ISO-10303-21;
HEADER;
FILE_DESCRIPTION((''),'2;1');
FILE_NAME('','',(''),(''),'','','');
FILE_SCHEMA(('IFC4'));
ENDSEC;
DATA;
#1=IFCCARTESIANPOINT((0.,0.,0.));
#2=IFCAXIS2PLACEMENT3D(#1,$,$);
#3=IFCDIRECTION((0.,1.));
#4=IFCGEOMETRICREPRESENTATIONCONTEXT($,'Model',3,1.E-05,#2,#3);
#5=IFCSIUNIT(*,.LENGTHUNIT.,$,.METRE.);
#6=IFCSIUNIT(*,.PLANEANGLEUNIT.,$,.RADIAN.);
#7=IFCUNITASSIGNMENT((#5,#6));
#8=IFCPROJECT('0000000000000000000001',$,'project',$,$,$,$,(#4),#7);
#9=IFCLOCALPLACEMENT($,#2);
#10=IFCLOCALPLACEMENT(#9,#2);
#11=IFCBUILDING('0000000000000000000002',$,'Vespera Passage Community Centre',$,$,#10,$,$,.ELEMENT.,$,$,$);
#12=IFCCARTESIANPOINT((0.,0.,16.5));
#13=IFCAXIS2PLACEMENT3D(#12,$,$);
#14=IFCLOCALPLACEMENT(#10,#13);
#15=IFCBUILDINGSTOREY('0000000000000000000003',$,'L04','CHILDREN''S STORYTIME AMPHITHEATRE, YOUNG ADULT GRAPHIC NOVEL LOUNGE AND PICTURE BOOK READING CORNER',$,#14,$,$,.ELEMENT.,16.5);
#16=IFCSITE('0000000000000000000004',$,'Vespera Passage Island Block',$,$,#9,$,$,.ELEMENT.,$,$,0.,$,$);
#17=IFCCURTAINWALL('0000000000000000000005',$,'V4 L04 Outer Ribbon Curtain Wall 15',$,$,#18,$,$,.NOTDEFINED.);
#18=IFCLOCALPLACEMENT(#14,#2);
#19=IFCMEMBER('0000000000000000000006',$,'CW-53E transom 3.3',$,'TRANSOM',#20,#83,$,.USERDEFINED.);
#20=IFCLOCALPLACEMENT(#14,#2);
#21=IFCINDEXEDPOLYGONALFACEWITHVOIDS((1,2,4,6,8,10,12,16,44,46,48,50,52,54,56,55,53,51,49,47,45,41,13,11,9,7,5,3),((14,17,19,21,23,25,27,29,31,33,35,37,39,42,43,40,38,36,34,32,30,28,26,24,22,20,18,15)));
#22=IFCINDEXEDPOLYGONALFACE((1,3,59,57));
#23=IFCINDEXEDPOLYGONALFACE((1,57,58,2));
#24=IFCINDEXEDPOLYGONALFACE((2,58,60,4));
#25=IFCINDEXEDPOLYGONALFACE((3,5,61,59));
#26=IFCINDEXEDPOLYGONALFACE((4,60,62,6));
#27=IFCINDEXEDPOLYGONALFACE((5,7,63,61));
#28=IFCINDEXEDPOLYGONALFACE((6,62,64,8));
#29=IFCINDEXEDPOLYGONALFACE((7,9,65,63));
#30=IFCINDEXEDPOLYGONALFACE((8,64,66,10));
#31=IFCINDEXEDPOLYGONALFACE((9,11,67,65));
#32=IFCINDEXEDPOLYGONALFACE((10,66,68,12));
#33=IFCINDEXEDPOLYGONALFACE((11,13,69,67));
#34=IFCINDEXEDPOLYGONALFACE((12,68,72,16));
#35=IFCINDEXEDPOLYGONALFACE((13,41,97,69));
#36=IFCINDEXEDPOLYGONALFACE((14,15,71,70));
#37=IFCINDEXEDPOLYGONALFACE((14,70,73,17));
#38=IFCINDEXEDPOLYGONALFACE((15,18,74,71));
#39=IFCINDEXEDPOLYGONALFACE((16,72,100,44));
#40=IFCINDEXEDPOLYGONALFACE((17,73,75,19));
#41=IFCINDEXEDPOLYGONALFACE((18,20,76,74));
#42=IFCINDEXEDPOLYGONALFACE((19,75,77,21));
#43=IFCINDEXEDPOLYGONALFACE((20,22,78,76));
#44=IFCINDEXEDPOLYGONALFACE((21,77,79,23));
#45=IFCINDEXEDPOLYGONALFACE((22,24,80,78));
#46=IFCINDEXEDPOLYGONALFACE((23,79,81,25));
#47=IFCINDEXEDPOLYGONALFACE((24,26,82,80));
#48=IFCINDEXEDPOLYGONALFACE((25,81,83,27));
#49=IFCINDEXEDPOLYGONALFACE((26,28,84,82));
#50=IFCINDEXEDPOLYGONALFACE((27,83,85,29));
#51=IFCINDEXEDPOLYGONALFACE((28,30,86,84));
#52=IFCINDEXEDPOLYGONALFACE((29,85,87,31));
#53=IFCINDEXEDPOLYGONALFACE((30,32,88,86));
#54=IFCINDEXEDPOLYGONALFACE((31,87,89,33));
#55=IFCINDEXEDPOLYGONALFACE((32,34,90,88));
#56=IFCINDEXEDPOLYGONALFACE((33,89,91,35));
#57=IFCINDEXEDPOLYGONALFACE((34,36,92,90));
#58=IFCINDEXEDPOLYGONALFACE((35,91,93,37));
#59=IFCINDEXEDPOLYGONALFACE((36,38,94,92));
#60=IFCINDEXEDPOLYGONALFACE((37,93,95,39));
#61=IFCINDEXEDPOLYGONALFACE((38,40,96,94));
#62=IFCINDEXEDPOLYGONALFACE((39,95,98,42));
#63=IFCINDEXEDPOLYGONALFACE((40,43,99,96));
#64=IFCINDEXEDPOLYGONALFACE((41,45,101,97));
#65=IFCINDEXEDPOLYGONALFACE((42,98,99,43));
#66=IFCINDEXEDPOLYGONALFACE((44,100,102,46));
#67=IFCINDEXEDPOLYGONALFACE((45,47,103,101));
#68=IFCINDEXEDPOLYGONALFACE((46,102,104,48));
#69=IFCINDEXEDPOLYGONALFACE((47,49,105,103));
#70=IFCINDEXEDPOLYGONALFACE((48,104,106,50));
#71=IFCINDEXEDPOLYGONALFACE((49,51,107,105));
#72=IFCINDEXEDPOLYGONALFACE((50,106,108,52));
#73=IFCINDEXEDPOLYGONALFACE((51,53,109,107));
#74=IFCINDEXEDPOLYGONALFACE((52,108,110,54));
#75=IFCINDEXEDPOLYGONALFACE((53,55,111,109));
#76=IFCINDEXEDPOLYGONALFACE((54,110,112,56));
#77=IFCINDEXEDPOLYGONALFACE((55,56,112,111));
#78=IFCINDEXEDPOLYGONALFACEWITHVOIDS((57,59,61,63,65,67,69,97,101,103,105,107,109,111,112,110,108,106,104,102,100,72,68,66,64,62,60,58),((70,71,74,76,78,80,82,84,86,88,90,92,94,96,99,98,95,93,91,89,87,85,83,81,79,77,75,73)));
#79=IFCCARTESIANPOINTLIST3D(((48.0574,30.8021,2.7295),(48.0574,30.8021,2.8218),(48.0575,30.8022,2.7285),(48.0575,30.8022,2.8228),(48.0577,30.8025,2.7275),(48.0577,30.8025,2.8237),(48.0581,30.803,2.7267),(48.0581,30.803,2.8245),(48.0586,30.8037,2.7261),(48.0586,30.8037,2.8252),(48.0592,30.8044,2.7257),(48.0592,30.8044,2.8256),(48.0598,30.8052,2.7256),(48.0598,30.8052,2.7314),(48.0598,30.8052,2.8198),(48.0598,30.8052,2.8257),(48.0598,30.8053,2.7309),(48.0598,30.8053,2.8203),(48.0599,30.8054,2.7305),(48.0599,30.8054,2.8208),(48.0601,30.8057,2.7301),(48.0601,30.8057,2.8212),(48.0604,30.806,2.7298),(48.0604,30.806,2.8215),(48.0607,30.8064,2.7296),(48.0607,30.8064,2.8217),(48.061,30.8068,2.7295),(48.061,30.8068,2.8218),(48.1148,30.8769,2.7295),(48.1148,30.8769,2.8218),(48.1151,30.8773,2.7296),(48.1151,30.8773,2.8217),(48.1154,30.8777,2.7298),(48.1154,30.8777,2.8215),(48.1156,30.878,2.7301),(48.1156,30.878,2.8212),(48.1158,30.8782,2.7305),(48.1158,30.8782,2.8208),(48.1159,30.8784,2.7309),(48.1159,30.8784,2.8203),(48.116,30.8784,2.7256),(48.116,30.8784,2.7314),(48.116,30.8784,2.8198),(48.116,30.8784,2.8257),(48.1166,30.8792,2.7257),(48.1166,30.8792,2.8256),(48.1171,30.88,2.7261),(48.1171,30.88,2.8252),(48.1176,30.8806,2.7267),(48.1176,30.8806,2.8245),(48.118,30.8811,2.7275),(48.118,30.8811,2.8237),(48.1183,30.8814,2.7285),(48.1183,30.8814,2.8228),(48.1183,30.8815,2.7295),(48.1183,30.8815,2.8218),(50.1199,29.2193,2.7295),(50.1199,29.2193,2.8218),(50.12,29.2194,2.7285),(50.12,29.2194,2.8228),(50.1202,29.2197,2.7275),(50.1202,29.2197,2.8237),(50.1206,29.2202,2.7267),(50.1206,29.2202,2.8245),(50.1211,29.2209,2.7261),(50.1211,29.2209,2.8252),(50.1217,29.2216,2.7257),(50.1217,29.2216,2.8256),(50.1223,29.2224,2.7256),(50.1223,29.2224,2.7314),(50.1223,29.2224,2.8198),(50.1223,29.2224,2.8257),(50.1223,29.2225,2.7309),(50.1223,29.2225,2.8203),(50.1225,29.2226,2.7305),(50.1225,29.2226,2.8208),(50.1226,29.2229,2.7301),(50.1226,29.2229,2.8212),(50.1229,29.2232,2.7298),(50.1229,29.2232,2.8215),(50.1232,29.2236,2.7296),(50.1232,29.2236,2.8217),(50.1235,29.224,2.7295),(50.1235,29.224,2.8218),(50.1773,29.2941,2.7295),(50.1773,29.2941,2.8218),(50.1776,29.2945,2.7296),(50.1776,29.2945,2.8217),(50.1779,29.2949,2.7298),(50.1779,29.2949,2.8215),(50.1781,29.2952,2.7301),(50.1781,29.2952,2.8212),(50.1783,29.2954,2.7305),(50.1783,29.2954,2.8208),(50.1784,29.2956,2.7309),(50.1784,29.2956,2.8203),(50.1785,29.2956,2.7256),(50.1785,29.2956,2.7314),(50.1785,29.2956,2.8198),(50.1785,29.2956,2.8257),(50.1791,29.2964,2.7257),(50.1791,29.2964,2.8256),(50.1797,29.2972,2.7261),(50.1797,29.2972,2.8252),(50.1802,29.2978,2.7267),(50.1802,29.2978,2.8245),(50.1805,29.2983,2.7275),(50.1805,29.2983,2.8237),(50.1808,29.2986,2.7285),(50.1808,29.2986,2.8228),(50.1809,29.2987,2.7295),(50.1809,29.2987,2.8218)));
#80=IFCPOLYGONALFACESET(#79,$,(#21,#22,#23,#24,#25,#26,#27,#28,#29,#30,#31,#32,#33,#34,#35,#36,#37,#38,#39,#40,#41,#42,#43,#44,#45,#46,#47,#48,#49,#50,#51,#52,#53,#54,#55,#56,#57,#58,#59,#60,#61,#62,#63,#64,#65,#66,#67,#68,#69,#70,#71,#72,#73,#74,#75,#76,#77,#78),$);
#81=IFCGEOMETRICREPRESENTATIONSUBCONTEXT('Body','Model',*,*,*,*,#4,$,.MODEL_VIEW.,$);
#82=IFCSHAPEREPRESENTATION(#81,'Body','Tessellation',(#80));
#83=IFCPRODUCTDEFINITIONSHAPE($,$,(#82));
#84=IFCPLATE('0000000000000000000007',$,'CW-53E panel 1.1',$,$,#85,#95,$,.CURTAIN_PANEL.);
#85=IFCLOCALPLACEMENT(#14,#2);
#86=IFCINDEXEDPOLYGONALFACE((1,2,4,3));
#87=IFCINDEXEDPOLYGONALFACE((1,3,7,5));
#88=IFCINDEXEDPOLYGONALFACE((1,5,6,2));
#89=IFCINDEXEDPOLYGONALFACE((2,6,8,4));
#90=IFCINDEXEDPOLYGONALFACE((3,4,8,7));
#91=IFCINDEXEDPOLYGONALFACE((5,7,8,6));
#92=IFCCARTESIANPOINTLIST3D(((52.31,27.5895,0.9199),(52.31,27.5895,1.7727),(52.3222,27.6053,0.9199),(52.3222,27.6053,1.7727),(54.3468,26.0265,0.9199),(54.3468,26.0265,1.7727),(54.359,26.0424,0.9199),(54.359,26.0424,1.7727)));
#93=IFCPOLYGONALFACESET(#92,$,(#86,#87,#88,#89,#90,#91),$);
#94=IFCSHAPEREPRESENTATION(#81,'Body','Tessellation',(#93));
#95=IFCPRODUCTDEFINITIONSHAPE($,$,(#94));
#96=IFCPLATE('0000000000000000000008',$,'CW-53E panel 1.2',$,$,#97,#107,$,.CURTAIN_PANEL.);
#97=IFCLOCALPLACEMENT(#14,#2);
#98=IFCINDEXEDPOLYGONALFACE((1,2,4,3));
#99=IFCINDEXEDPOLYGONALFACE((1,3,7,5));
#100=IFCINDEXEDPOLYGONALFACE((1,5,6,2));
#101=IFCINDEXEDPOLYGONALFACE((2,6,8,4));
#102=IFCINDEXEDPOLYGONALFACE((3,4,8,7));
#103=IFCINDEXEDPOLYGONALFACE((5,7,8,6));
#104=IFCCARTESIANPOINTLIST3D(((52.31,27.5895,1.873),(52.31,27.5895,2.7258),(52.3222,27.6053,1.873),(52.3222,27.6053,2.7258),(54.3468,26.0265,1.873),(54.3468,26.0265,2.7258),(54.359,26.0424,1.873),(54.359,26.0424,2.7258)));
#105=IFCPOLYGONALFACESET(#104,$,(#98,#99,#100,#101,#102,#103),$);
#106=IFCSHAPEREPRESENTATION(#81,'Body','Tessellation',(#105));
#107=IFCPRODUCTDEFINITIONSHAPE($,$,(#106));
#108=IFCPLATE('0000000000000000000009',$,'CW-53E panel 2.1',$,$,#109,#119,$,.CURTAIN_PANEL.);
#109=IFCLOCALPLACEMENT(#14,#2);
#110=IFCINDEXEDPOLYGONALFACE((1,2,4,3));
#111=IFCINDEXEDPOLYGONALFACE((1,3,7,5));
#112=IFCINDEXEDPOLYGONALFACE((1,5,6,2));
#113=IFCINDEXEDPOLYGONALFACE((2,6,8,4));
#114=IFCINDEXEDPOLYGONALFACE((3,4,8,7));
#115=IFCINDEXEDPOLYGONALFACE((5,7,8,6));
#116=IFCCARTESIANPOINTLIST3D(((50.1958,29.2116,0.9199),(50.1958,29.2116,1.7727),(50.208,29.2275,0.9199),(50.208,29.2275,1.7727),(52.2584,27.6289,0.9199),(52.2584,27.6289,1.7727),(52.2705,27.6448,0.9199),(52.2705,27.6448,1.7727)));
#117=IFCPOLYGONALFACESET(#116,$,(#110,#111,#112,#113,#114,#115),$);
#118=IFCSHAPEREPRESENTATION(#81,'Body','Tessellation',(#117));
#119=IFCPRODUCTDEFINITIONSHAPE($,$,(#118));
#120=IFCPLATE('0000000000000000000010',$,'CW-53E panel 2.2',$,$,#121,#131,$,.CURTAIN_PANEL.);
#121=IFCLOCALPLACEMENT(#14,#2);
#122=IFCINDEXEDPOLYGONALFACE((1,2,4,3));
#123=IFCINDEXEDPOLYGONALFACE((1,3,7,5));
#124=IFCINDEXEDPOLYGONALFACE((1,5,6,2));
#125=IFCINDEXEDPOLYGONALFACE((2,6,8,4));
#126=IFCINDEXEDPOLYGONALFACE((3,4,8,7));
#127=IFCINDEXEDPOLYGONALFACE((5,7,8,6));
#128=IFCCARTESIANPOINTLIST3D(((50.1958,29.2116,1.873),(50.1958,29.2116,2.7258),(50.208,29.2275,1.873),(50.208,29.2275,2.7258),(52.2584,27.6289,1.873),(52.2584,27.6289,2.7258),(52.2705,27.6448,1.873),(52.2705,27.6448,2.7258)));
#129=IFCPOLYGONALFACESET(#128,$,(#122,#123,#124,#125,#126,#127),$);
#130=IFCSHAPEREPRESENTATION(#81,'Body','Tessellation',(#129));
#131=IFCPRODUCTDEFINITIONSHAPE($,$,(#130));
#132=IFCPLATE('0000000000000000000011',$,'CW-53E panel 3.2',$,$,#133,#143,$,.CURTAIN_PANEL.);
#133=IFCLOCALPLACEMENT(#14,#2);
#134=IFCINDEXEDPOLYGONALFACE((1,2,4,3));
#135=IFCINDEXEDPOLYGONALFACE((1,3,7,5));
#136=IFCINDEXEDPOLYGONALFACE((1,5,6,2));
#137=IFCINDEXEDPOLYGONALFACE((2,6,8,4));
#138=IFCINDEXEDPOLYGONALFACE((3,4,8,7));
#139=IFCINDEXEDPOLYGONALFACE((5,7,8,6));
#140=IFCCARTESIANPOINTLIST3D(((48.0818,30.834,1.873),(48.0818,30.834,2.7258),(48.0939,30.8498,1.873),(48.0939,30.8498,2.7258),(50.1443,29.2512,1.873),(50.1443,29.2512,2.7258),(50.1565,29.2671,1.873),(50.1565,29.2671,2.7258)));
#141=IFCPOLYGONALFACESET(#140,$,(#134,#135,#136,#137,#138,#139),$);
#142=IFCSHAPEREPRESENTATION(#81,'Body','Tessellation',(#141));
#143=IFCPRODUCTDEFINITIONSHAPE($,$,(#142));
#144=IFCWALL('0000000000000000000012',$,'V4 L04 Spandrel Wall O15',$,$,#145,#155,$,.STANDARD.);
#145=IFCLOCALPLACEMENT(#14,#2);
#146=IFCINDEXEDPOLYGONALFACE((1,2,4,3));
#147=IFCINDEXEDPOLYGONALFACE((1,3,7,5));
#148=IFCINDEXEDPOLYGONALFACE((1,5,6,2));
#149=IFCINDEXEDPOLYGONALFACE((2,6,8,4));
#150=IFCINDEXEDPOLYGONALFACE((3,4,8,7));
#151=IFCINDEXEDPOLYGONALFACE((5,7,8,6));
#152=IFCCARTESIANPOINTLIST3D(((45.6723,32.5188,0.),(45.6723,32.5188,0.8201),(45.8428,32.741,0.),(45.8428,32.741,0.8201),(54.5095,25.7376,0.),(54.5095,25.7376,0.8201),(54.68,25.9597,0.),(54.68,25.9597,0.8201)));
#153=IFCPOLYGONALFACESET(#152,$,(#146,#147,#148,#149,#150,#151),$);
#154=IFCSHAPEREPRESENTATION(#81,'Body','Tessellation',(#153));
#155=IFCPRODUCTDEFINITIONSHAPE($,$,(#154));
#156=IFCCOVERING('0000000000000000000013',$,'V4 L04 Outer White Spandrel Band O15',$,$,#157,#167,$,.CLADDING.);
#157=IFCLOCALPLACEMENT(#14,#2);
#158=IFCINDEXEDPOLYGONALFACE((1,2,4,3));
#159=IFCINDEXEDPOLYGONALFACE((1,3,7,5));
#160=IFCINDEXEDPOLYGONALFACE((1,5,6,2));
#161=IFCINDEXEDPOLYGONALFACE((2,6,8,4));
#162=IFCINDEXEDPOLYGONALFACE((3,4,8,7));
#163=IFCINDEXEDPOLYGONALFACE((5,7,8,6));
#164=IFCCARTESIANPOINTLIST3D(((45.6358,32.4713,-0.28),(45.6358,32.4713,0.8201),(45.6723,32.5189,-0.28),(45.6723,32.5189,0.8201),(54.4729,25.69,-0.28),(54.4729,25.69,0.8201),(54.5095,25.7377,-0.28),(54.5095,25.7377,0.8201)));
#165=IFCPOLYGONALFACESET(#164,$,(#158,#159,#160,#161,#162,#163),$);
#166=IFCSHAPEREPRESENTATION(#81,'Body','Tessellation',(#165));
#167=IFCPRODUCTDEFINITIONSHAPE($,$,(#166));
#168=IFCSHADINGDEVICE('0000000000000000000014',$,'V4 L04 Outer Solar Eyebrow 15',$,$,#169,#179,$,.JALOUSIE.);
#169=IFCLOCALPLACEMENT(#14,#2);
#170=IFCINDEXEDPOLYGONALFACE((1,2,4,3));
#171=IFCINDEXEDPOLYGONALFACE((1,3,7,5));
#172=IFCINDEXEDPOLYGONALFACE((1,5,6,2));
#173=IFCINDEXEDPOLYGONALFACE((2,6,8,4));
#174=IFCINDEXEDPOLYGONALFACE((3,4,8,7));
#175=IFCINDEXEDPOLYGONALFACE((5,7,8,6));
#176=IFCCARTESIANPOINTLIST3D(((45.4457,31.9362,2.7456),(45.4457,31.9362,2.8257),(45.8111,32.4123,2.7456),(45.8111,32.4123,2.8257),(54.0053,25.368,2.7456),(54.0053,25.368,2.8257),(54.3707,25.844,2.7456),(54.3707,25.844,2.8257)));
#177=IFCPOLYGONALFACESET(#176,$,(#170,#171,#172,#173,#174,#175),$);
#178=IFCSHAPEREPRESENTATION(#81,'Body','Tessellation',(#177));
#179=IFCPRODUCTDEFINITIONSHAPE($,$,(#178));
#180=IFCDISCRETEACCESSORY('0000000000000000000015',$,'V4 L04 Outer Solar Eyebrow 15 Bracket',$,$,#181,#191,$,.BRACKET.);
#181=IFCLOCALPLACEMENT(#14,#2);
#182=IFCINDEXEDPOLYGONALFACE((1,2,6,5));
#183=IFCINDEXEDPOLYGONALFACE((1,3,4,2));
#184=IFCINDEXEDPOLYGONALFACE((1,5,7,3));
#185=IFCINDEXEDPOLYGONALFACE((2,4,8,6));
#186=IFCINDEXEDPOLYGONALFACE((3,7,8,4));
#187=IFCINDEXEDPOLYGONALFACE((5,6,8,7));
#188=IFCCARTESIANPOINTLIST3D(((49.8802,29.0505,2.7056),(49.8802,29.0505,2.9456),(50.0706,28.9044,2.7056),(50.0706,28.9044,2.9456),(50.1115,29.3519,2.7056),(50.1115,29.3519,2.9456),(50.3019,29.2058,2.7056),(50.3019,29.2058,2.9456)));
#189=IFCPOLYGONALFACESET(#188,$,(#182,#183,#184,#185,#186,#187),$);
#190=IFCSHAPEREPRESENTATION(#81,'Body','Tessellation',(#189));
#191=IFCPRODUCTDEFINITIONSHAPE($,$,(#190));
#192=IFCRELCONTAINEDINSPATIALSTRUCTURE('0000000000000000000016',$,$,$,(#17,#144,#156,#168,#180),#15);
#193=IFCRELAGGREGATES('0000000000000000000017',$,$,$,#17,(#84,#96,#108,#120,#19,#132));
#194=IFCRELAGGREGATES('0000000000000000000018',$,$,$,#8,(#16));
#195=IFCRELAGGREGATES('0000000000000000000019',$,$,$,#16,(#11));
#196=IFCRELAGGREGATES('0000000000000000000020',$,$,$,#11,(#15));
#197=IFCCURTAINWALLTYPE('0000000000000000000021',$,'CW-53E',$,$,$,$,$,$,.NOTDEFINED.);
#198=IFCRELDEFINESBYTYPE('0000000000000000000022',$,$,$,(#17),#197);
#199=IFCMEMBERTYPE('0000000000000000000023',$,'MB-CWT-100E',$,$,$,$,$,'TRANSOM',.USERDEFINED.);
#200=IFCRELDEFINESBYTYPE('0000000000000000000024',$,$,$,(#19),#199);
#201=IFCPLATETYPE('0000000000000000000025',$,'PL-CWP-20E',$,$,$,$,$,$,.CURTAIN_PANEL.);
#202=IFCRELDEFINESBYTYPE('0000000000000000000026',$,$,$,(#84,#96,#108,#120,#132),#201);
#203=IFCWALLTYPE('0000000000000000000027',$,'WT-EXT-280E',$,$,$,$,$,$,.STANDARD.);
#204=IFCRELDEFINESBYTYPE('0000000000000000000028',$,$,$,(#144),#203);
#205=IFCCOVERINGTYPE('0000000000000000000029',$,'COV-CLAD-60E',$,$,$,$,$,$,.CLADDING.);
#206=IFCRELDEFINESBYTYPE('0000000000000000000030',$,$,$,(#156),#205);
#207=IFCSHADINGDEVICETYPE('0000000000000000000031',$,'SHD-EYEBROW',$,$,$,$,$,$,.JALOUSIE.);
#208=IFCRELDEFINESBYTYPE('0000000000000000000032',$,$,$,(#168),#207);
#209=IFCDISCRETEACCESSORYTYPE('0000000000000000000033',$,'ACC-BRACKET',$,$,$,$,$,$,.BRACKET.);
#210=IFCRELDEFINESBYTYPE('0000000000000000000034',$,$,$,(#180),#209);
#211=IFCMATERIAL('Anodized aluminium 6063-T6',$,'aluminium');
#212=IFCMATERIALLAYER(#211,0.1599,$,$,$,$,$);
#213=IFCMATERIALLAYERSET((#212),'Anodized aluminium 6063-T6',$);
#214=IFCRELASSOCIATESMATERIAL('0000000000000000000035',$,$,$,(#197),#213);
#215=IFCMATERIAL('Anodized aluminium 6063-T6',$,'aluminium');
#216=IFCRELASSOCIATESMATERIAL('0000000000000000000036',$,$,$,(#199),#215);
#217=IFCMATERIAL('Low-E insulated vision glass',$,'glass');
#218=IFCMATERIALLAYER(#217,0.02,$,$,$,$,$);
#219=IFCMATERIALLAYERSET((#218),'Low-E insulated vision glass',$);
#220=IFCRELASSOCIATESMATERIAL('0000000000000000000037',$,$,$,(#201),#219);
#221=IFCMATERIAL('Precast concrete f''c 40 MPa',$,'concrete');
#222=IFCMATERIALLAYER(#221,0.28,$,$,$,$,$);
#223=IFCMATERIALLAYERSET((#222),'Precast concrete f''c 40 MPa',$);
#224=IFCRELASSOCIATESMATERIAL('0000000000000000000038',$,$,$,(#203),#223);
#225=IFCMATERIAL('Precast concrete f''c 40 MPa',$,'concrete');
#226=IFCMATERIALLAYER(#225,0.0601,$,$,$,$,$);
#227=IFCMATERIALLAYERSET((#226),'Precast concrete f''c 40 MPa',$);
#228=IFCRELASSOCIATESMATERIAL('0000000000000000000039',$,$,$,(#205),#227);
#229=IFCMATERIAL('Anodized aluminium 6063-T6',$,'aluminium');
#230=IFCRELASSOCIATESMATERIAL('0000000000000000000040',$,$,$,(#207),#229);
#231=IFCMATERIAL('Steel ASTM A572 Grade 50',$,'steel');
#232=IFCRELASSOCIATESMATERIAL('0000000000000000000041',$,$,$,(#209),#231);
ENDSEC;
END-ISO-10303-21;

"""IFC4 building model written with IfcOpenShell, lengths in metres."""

from ifc_helpers import new_model, si_unit, direction, frame, frame_2d, origin, origin_2d, place, context, subcontext, project, spatial, rectangle, hollow_rectangle, extrude, material, layer, layer_set, material_profile, profile_set, type_object, element, aggregate, save


model = new_model("IFC4")

# Units and contexts
model_context = context("Model", 3, precision=1e-05, world=origin(), true_north=direction((0.0, 1.0)))
body_context = subcontext(model_context, "Body", "Model", "MODEL_VIEW")
ifc_project = project(units=[si_unit("LENGTHUNIT", "METRE"), si_unit("PLANEANGLEUNIT", "RADIAN")], contexts=[model_context])

# Site, building, storey
site_placement = place(None, origin())
site = spatial("IfcSite", under=ifc_project, at=site_placement, Name="Vespera Passage Island Block", CompositionType="ELEMENT", RefElevation=0.0)
building_placement = place(site_placement, origin())
building = spatial("IfcBuilding", under=site, at=building_placement, Name="Vespera Passage Community Centre", CompositionType="ELEMENT")
storey_placement = place(building_placement, frame((0.0, 0.0, 16.5)))
storey = spatial("IfcBuildingStorey", under=building, at=storey_placement, Name="L04", Description="CHILDREN'S STORYTIME AMPHITHEATRE, YOUNG ADULT GRAPHIC NOVEL LOUNGE AND PICTURE BOOK READING CORNER", CompositionType="ELEMENT", Elevation=16.5)

# Curtain wall, member, plates
ifc_material_1 = material(Name="Anodized aluminium 6063-T6", Category="aluminium")
ifc_layer_1 = layer(ifc_material_1, 0.1599)
ifc_layer_set_1 = layer_set([ifc_layer_1], Name="Anodized aluminium 6063-T6")
curtain_wall_type = type_object("IfcCurtainWallType", Name="CW-53E", PredefinedType="NOTDEFINED", material=ifc_layer_set_1)
curtain_wall_placement = place(storey_placement, origin())
curtain_wall = element("IfcCurtainWall", 1, at=curtain_wall_placement, inside=storey, type_object=curtain_wall_type, Name="V4 L04 Outer Ribbon Curtain Wall 15", PredefinedType="NOTDEFINED")
ifc_material_2 = material(Name="Anodized aluminium 6063-T6", Category="aluminium")
ifc_material_profile_1 = material_profile(ifc_material_2, hollow_rectangle(XDim=0.1001, YDim=0.1001, WallThickness=0.0039, InnerFilletRadius=0.002, OuterFilletRadius=0.0039, at=origin_2d()), Name="ALU100X100X4")
ifc_profile_set_1 = profile_set([ifc_material_profile_1], Name="Anodized aluminium 6063-T6")
member_type_1 = type_object("IfcMemberType", Name="MB-CWT-100E", ElementType="TRANSOM", PredefinedType="USERDEFINED", material=ifc_profile_set_1)
member_1_placement = place(storey_placement, frame((50.1504, 29.259, 2.7756), z_axis=(-0.793325, 0.608798, 0.0), x_axis=(-0.608798, -0.793325, 0.0)))
member_1 = element("IfcMember", 2, at=member_1_placement, type_object=member_type_1, Name="CW-53E transom 3.3", ObjectType="TRANSOM", PredefinedType="USERDEFINED", context=body_context, shape_type="SweptSolid", body=[
    extrude(hollow_rectangle(XDim=0.1001, YDim=0.1001, WallThickness=0.0039, InnerFilletRadius=0.002, OuterFilletRadius=0.0039, at=origin_2d()), origin(), (0.0, 0.0, 1.0), 2.5999),
])
ifc_material_3 = material(Name="Low-E insulated vision glass", Category="glass")
ifc_layer_2 = layer(ifc_material_3, 0.02)
ifc_layer_set_2 = layer_set([ifc_layer_2], Name="Low-E insulated vision glass")
plate_type = type_object("IfcPlateType", Name="PL-CWP-20E", PredefinedType="CURTAIN_PANEL", material=ifc_layer_set_2)
plate_1_placement = place(storey_placement, frame((53.3345, 26.8159, 0.9199), z_axis=(0.0, 0.0, 1.0), x_axis=(-0.793345, 0.608772, 0.0)))
plate_1 = element("IfcPlate", 3, at=plate_1_placement, type_object=plate_type, Name="CW-53E panel 1.1", PredefinedType="CURTAIN_PANEL", context=body_context, shape_type="SweptSolid", body=[
    extrude(rectangle(XDim=2.5674, YDim=0.02, at=origin_2d()), origin(), (0.0, 0.0, 1.0), 0.8528),
])
plate_2_placement = place(storey_placement, frame((53.3345, 26.8159, 1.873), z_axis=(0.0, 0.0, 1.0), x_axis=(-0.793345, 0.608772, 0.0)))
plate_2 = element("IfcPlate", 4, at=plate_2_placement, type_object=plate_type, Name="CW-53E panel 1.2", PredefinedType="CURTAIN_PANEL", context=body_context, shape_type="SweptSolid", body=[
    extrude(rectangle(XDim=2.5674, YDim=0.02, at=origin_2d()), origin(), (0.0, 0.0, 1.0), 0.8528),
])
plate_3_placement = place(storey_placement, frame((51.2332, 28.4282, 0.9199), z_axis=(0.0, 0.0, 1.0), x_axis=(-0.793345, 0.608772, 0.0)))
plate_3 = element("IfcPlate", 5, at=plate_3_placement, type_object=plate_type, Name="CW-53E panel 2.1", PredefinedType="CURTAIN_PANEL", context=body_context, shape_type="SweptSolid", body=[
    extrude(rectangle(XDim=2.5999, YDim=0.02, at=origin_2d()), origin(), (0.0, 0.0, 1.0), 0.8528),
])
plate_4_placement = place(storey_placement, frame((51.2332, 28.4282, 1.873), z_axis=(0.0, 0.0, 1.0), x_axis=(-0.793345, 0.608772, 0.0)))
plate_4 = element("IfcPlate", 6, at=plate_4_placement, type_object=plate_type, Name="CW-53E panel 2.2", PredefinedType="CURTAIN_PANEL", context=body_context, shape_type="SweptSolid", body=[
    extrude(rectangle(XDim=2.5999, YDim=0.02, at=origin_2d()), origin(), (0.0, 0.0, 1.0), 0.8528),
])
plate_5_placement = place(storey_placement, frame((49.1191, 30.0505, 1.873), z_axis=(0.0, 0.0, 1.0), x_axis=(-0.793345, 0.608772, 0.0)))
plate_5 = element("IfcPlate", 7, at=plate_5_placement, type_object=plate_type, Name="CW-53E panel 3.2", PredefinedType="CURTAIN_PANEL", context=body_context, shape_type="SweptSolid", body=[
    extrude(rectangle(XDim=2.5999, YDim=0.02, at=origin_2d()), origin(), (0.0, 0.0, 1.0), 0.8528),
])
aggregate(curtain_wall, [plate_1, plate_2, plate_3, plate_4, member_1, plate_5])

# Wall
ifc_material_4 = material(Name="Precast concrete f'c 40 MPa", Category="concrete")
ifc_layer_3 = layer(ifc_material_4, 0.28)
ifc_layer_set_3 = layer_set([ifc_layer_3], Name="Precast concrete f'c 40 MPa")
wall_type = type_object("IfcWallType", Name="WT-EXT-280E", PredefinedType="STANDARD", material=ifc_layer_set_3)
wall_placement = place(storey_placement, frame((54.5947, 25.8486, 0.0), z_axis=(0.0, 0.0, 1.0), x_axis=(-0.793342, 0.608776, 0.0)))
element("IfcWall", 8, at=wall_placement, inside=storey, type_object=wall_type, Name="V4 L04 Spandrel Wall O15", PredefinedType="STANDARD", context=body_context, shape_type="SweptSolid", body=[
    extrude(rectangle(XDim=11.1392, YDim=0.28, at=frame_2d((5.5696, 0.0))), origin(), (0.0, 0.0, 1.0), 0.8201),
])

# Covering
ifc_material_5 = material(Name="Precast concrete f'c 40 MPa", Category="concrete")
ifc_layer_4 = layer(ifc_material_5, 0.0601)
ifc_layer_set_4 = layer_set([ifc_layer_4], Name="Precast concrete f'c 40 MPa")
covering_type = type_object("IfcCoveringType", Name="COV-CLAD-60E", PredefinedType="CLADDING", material=ifc_layer_set_4)
covering_placement = place(storey_placement, frame((54.4912, 25.7139, -0.28), z_axis=(0.0, 0.0, 1.0), x_axis=(-0.793342, 0.608776, 0.0)))
element("IfcCovering", 9, at=covering_placement, inside=storey, type_object=covering_type, Name="V4 L04 Outer White Spandrel Band O15", PredefinedType="CLADDING", context=body_context, shape_type="SweptSolid", body=[
    extrude(rectangle(XDim=11.1392, YDim=0.0601, at=frame_2d((5.5696, 0.0))), origin(), (0.0, 0.0, 1.0), 1.1001),
])

# Shading device
ifc_material_6 = material(Name="Anodized aluminium 6063-T6", Category="aluminium")
shading_device_type = type_object("IfcShadingDeviceType", Name="SHD-EYEBROW", PredefinedType="JALOUSIE", material=ifc_material_6)
shading_device_placement = place(storey_placement, frame((49.9082, 28.8901, 2.7456), z_axis=(0.0, 0.0, 1.0), x_axis=(-0.793343, 0.608775, 0.0)))
element("IfcShadingDevice", 10, at=shading_device_placement, inside=storey, type_object=shading_device_type, Name="V4 L04 Outer Solar Eyebrow 15", PredefinedType="JALOUSIE", context=body_context, shape_type="SweptSolid", body=[
    extrude(rectangle(XDim=10.7893, YDim=0.6001, at=origin_2d()), origin(), (0.0, 0.0, 1.0), 0.0801),
])

# Discrete accessory
ifc_material_7 = material(Name="Steel ASTM A572 Grade 50", Category="steel")
discrete_accessory_type = type_object("IfcDiscreteAccessoryType", Name="ACC-BRACKET", PredefinedType="BRACKET", material=ifc_material_7)
discrete_accessory_placement = place(storey_placement, frame((50.0911, 29.1282, 2.7056), z_axis=(0.0, 0.0, 1.0), x_axis=(-0.793343, 0.608775, 0.0)))
element("IfcDiscreteAccessory", 11, at=discrete_accessory_placement, inside=storey, type_object=discrete_accessory_type, Name="V4 L04 Outer Solar Eyebrow 15 Bracket", PredefinedType="BRACKET", context=body_context, shape_type="SweptSolid", body=[
    extrude(rectangle(XDim=0.24, YDim=0.3799, at=origin_2d()), origin(), (0.0, 0.0, 1.0), 0.24),
])

save(model, "model.ifc")
